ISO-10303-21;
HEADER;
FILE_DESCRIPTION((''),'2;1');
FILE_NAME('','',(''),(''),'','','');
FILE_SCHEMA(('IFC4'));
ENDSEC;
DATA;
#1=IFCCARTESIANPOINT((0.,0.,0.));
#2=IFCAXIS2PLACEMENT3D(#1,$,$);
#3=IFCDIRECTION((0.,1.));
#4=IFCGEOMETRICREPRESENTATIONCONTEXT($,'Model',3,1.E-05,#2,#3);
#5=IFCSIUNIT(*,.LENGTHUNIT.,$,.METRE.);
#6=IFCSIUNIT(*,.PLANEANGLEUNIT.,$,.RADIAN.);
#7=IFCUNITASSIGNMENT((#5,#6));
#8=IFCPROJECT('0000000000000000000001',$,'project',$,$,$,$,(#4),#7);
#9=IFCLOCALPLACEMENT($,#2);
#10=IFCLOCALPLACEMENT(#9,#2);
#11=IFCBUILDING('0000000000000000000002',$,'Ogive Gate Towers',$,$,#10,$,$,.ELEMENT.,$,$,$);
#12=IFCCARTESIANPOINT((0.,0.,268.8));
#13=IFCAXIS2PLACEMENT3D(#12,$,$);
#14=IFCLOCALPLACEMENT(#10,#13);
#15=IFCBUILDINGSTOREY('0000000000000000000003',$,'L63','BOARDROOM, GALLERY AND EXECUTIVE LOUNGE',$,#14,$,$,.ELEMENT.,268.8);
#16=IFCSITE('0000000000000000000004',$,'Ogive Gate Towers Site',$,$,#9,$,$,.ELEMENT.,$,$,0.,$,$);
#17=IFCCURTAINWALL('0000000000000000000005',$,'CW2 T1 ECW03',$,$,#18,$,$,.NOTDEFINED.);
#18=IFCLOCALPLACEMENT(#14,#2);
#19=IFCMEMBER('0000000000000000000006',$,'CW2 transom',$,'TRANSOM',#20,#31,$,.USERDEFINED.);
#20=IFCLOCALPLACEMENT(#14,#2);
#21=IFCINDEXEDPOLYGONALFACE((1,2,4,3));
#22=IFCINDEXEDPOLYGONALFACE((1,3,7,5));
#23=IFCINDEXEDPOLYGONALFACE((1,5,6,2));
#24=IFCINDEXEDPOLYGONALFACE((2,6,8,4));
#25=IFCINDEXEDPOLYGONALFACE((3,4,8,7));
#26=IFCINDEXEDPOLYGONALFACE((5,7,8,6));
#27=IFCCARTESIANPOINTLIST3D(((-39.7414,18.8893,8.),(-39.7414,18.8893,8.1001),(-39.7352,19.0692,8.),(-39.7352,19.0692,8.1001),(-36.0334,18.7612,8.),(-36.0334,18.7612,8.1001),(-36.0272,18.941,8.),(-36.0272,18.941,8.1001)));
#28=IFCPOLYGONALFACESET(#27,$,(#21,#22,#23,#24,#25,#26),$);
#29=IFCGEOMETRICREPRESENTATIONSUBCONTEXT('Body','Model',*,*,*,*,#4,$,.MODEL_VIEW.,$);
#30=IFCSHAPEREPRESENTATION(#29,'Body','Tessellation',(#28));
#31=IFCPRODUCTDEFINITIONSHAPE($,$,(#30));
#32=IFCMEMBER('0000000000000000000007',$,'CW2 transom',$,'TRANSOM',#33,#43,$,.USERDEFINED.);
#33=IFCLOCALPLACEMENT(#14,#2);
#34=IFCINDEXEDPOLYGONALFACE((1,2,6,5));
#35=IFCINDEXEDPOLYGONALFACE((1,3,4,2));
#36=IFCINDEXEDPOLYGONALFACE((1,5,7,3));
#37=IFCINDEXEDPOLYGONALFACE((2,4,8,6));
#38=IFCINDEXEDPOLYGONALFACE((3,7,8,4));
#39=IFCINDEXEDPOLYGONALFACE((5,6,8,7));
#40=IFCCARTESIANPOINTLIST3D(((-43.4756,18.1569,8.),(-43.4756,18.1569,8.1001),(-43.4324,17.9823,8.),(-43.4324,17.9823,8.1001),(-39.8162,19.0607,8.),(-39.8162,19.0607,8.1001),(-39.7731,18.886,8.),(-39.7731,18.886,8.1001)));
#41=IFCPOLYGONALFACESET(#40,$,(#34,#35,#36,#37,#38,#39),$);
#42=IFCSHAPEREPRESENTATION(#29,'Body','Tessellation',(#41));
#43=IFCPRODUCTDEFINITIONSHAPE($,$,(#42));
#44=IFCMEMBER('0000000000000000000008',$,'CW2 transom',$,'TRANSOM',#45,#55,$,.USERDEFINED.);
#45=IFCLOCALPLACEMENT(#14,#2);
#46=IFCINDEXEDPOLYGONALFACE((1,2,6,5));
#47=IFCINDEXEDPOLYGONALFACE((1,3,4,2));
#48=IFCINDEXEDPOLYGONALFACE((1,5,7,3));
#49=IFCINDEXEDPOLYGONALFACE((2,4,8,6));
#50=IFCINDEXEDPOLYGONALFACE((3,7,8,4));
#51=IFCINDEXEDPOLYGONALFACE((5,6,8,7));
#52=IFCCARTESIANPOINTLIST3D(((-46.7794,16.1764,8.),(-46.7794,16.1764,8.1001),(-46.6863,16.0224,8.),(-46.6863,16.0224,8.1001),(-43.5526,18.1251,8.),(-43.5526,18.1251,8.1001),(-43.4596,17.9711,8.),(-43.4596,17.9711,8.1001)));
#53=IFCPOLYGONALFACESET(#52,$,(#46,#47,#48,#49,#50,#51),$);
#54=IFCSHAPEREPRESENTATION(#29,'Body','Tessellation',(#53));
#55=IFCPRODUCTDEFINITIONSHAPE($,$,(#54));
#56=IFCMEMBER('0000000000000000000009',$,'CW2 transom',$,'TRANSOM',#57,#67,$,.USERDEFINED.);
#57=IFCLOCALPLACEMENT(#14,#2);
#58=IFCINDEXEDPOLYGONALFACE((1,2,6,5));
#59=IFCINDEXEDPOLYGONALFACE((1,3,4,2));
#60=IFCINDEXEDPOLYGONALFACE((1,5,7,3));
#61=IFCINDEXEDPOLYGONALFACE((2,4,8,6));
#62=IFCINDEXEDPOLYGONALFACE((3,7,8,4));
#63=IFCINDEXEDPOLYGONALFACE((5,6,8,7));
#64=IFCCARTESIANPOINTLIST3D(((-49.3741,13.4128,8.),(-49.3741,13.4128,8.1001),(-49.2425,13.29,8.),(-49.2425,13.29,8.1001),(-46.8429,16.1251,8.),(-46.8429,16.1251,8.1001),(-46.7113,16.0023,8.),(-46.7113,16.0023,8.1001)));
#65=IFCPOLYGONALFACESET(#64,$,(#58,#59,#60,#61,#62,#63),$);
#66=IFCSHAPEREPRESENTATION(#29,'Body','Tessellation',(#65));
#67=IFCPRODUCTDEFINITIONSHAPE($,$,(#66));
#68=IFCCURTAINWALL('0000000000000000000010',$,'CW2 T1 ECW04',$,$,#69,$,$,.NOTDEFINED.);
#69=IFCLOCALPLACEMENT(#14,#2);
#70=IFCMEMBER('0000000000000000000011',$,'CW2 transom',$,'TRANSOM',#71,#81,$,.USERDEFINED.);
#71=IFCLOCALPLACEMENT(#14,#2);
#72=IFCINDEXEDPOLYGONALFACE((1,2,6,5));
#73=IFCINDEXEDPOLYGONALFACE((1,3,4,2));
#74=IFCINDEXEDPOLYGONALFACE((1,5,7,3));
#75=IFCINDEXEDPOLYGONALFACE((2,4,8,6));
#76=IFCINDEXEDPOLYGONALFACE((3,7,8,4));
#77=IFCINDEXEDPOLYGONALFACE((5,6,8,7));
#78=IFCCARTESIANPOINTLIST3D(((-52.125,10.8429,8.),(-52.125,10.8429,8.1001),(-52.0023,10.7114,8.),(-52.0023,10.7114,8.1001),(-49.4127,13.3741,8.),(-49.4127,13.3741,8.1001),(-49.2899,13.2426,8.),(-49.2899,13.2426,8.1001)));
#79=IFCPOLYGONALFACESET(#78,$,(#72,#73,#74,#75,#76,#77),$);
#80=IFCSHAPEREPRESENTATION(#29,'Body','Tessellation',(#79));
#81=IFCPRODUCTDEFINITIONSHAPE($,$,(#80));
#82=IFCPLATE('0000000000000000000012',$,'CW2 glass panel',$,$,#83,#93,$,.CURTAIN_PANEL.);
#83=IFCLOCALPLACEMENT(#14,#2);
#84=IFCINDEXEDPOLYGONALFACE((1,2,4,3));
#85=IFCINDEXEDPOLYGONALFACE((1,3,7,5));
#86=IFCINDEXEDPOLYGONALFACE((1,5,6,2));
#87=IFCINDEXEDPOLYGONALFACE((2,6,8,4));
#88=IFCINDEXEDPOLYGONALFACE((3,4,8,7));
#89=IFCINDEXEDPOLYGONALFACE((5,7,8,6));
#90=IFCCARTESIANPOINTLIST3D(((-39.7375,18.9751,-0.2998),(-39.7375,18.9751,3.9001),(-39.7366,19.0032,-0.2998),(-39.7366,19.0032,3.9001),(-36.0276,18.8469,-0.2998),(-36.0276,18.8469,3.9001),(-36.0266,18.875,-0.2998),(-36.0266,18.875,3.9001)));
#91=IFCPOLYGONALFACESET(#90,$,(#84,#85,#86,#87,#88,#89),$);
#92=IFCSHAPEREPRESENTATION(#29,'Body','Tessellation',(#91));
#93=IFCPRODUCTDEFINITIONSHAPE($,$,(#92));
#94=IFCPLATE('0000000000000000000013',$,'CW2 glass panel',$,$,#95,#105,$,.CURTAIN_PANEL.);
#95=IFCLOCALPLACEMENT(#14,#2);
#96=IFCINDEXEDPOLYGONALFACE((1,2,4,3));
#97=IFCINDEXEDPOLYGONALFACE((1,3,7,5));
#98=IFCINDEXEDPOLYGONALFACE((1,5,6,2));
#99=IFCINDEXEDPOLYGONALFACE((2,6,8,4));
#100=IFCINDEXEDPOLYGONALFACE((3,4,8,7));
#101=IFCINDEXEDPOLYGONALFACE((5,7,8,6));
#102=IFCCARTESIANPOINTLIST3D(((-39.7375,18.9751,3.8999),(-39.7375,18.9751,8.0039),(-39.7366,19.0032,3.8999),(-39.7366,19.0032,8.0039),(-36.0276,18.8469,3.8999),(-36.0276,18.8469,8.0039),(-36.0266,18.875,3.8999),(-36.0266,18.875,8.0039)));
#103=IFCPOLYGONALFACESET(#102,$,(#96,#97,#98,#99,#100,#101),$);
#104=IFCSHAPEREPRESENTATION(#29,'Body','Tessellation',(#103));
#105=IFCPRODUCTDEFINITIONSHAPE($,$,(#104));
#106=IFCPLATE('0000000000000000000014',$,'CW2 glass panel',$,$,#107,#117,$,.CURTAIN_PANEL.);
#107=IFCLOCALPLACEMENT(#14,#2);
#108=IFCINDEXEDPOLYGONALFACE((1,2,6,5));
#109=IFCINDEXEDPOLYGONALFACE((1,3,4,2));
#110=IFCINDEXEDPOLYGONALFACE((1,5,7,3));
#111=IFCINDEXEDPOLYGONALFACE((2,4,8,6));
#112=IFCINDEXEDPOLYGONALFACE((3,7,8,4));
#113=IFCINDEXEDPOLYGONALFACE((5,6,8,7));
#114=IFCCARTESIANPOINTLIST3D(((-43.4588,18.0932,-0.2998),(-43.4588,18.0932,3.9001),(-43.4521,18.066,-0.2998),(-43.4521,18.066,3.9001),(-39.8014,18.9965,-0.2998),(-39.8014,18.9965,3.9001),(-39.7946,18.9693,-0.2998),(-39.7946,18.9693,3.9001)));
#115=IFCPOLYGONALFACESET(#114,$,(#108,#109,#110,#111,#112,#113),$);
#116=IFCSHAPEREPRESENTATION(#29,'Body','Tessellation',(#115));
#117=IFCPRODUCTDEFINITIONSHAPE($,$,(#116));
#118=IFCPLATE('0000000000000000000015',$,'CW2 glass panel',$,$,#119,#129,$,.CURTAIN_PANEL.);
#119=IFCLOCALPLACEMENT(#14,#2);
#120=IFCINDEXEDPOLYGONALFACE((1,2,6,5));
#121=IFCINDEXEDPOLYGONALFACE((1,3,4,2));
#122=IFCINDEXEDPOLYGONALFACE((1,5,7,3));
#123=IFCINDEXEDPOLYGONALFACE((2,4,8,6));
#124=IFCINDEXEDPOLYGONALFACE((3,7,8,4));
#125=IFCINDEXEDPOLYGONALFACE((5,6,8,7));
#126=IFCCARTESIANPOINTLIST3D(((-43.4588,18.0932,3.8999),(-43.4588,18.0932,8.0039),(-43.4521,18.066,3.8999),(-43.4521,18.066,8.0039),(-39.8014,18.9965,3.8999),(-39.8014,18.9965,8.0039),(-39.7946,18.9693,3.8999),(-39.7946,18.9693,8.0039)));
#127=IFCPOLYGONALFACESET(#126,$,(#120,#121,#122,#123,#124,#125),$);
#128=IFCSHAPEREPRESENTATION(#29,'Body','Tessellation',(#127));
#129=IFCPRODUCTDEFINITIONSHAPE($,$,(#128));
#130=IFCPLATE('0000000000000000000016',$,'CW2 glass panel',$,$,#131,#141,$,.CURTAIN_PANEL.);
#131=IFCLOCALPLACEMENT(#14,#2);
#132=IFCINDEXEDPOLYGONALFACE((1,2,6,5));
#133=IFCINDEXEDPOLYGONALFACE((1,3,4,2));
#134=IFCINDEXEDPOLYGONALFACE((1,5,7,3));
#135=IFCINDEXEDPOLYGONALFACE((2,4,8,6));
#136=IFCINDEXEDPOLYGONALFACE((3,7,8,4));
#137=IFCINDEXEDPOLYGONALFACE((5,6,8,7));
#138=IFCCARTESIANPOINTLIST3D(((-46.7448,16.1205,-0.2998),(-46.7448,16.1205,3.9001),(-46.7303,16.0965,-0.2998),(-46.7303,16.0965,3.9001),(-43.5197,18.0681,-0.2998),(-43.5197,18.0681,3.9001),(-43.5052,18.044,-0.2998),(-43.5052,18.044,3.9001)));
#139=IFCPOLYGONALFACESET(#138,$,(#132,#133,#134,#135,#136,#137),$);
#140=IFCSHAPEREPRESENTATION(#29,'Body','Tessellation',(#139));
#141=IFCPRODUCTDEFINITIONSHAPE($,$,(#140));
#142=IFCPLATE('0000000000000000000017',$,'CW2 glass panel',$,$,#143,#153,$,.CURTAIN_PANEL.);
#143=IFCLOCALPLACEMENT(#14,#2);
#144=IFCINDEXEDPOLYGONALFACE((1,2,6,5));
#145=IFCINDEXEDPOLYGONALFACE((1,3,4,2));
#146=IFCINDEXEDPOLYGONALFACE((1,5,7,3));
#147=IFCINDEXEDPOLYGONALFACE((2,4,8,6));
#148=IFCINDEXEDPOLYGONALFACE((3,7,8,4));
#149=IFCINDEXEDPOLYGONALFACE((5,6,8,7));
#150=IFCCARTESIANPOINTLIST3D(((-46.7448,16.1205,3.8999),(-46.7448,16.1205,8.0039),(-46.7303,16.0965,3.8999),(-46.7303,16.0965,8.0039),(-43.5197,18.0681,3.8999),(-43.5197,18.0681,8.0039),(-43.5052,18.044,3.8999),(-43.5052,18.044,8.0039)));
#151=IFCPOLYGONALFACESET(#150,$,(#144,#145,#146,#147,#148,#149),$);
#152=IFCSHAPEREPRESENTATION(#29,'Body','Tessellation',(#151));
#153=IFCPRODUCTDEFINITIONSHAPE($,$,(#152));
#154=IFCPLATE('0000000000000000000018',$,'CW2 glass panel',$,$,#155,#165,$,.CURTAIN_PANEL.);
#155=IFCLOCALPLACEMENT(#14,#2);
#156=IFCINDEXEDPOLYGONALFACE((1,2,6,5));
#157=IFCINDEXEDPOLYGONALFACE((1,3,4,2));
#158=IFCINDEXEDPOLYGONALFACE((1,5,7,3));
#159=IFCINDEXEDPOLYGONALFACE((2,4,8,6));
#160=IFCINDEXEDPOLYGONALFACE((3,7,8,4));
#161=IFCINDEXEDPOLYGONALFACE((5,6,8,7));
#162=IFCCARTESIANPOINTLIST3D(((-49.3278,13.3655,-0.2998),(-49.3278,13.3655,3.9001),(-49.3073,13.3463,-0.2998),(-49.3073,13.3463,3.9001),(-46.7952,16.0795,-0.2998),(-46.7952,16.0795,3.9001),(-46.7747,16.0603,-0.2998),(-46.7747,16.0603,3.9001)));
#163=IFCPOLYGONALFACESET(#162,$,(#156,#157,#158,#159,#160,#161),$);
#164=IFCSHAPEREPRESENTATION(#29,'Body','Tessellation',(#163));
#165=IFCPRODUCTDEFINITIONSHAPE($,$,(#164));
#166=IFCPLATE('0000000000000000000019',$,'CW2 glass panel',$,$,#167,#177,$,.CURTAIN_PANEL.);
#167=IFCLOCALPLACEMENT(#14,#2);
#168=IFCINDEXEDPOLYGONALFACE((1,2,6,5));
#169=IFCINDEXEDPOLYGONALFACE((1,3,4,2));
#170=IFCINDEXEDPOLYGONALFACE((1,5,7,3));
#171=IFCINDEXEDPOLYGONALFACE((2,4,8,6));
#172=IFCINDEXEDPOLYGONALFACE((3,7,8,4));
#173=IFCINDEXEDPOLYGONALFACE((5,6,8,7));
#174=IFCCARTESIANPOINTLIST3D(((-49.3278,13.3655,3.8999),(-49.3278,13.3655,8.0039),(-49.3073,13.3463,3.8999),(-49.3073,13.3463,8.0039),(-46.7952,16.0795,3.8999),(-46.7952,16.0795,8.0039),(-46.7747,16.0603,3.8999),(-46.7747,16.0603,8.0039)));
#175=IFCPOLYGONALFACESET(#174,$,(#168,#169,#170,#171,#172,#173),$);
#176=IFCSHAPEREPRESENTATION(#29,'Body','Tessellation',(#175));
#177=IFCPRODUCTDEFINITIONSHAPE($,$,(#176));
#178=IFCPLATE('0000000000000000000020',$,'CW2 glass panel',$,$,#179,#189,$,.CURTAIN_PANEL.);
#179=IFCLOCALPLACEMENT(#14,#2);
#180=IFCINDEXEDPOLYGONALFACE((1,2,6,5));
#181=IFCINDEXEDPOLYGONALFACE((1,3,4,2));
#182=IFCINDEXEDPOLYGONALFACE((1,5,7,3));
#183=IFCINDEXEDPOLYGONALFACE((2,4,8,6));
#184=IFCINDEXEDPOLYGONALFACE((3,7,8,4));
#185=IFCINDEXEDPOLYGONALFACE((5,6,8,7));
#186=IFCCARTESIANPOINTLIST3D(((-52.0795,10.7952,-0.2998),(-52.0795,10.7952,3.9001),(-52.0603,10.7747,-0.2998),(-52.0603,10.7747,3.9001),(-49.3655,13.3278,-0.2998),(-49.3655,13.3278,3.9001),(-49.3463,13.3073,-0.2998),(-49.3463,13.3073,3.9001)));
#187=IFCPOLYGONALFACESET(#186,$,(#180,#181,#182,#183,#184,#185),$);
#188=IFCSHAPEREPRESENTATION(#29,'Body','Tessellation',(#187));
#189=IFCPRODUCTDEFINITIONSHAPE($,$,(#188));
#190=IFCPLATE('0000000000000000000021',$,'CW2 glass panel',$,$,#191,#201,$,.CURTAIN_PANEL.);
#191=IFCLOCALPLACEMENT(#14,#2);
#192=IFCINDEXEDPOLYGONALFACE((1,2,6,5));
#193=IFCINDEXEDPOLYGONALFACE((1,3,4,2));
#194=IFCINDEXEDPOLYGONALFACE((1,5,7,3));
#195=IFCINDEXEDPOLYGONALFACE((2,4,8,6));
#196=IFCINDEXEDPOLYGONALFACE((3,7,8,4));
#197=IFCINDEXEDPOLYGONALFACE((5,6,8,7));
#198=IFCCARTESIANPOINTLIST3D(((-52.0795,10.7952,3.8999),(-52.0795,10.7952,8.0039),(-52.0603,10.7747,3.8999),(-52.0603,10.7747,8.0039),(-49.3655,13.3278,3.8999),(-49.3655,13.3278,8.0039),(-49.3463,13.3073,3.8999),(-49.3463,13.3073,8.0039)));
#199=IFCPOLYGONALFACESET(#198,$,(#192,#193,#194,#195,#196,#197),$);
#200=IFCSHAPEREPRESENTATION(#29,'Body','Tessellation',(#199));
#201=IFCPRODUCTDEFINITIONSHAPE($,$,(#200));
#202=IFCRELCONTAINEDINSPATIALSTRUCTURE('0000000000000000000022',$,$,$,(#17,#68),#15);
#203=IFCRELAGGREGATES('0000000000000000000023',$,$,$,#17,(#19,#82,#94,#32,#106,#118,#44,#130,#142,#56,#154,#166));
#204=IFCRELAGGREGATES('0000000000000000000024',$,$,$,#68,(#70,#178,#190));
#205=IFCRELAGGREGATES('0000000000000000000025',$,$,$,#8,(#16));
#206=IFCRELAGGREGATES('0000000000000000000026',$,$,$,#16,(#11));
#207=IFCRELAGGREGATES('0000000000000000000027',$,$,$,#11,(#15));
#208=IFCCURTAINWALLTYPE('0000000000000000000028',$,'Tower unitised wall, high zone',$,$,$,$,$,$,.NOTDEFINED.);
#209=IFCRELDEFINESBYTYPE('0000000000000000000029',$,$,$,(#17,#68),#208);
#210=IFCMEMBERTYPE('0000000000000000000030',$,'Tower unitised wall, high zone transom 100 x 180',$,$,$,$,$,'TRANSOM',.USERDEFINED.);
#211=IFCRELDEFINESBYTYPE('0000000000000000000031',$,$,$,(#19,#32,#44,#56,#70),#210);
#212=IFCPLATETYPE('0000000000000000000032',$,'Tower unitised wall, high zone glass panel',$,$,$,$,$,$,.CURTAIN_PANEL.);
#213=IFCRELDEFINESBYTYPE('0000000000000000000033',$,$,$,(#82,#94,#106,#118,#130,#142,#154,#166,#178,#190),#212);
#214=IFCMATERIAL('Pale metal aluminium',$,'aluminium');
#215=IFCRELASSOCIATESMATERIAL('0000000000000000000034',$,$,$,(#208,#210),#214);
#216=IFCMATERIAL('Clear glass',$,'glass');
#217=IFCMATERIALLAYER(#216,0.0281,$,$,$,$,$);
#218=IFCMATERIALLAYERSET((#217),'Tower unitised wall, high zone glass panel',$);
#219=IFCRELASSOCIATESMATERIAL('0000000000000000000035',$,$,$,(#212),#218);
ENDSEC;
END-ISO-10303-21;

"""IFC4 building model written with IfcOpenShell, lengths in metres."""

from ifc_helpers import new_model, si_unit, direction, frame, origin, origin_2d, place, context, subcontext, project, spatial, rectangle, extrude, material, layer, layer_set, material_profile, profile_set, type_object, element, aggregate, save


model = new_model("IFC4")

# Units and contexts
model_context = context("Model", 3, precision=1e-05, world=origin(), true_north=direction((0.0, 1.0)))
body_context = subcontext(model_context, "Body", "Model", "MODEL_VIEW")
ifc_project = project(units=[si_unit("LENGTHUNIT", "METRE"), si_unit("PLANEANGLEUNIT", "RADIAN")], contexts=[model_context])

# Site, building, storey
site_placement = place(None, origin())
site = spatial("IfcSite", under=ifc_project, at=site_placement, Name="Ogive Gate Towers Site", CompositionType="ELEMENT", RefElevation=0.0)
building_placement = place(site_placement, origin())
building = spatial("IfcBuilding", under=site, at=building_placement, Name="Ogive Gate Towers", CompositionType="ELEMENT")
storey_placement = place(building_placement, frame((0.0, 0.0, 268.8)))
storey = spatial("IfcBuildingStorey", under=building, at=storey_placement, Name="L63", Description="BOARDROOM, GALLERY AND EXECUTIVE LOUNGE", CompositionType="ELEMENT", Elevation=268.8)

# Shared definitions
ifc_material_1 = material(Name="Pale metal aluminium", Category="aluminium")
curtain_wall_type = type_object("IfcCurtainWallType", Name="Tower unitised wall, high zone", PredefinedType="NOTDEFINED", material=ifc_material_1)

# Curtain wall, members
curtain_wall_1_placement = place(storey_placement, origin())
curtain_wall_1 = element("IfcCurtainWall", 1, at=curtain_wall_1_placement, inside=storey, type_object=curtain_wall_type, Name="CW2 T1 ECW03", PredefinedType="NOTDEFINED")
ifc_material_profile_1 = material_profile(ifc_material_1, rectangle(XDim=0.1799, YDim=0.1001, at=origin_2d()), Name="100 x 180 aluminium box")
ifc_profile_set_1 = profile_set([ifc_material_profile_1], Name="Pale metal aluminium")
member_type_1 = type_object("IfcMemberType", Name="Tower unitised wall, high zone transom 100 x 180", ElementType="TRANSOM", PredefinedType="USERDEFINED", material=ifc_profile_set_1)
member_1_placement = place(storey_placement, frame((-36.0303, 18.8511, 8.05), z_axis=(-0.999403, 0.034546, 0.0), x_axis=(-0.034546, -0.999403, 0.0)))
member_1 = element("IfcMember", 2, at=member_1_placement, type_object=member_type_1, Name="CW2 transom", ObjectType="TRANSOM", PredefinedType="USERDEFINED", context=body_context, shape_type="SweptSolid", body=[
    extrude(rectangle(XDim=0.1799, YDim=0.1001, at=origin_2d()), origin(), (0.0, 0.0, 1.0), 3.7102),
])
member_2_placement = place(storey_placement, frame((-39.7947, 18.9734, 8.05), z_axis=(-0.970828, -0.239776, 0.0), x_axis=(0.239776, -0.970828, 0.0)))
member_2 = element("IfcMember", 3, at=member_2_placement, type_object=member_type_1, Name="CW2 transom", ObjectType="TRANSOM", PredefinedType="USERDEFINED", context=body_context, shape_type="SweptSolid", body=[
    extrude(rectangle(XDim=0.1799, YDim=0.1001, at=origin_2d()), origin(), (0.0, 0.0, 1.0), 3.7693),
])
member_3_placement = place(storey_placement, frame((-43.5061, 18.0481, 8.05), z_axis=(-0.856009, -0.51696, 0.0), x_axis=(0.51696, -0.856009, 0.0)))
member_3 = element("IfcMember", 4, at=member_3_placement, type_object=member_type_1, Name="CW2 transom", ObjectType="TRANSOM", PredefinedType="USERDEFINED", context=body_context, shape_type="SweptSolid", body=[
    extrude(rectangle(XDim=0.1799, YDim=0.1001, at=origin_2d()), origin(), (0.0, 0.0, 1.0), 3.7695),
])
member_4_placement = place(storey_placement, frame((-46.7771, 16.0637, 8.05), z_axis=(-0.682271, -0.731099, 0.0), x_axis=(0.731099, -0.682271, 0.0)))
member_4 = element("IfcMember", 5, at=member_4_placement, type_object=member_type_1, Name="CW2 transom", ObjectType="TRANSOM", PredefinedType="USERDEFINED", context=body_context, shape_type="SweptSolid", body=[
    extrude(rectangle(XDim=0.1799, YDim=0.1001, at=origin_2d()), origin(), (0.0, 0.0, 1.0), 3.71),
])

# Curtain wall, member
curtain_wall_2_placement = place(storey_placement, origin())
curtain_wall_2 = element("IfcCurtainWall", 6, at=curtain_wall_2_placement, inside=storey, type_object=curtain_wall_type, Name="CW2 T1 ECW04", PredefinedType="NOTDEFINED")
member_5_placement = place(storey_placement, frame((-49.3513, 13.3083, 8.05), z_axis=(-0.731099, -0.682271, 0.0), x_axis=(0.682271, -0.731099, 0.0)))
member_5 = element("IfcMember", 7, at=member_5_placement, type_object=member_type_1, Name="CW2 transom", ObjectType="TRANSOM", PredefinedType="USERDEFINED", context=body_context, shape_type="SweptSolid", body=[
    extrude(rectangle(XDim=0.1799, YDim=0.1001, at=origin_2d()), origin(), (0.0, 0.0, 1.0), 3.71),
])

# Plates
ifc_material_2 = material(Name="Clear glass", Category="glass")
ifc_layer_1 = layer(ifc_material_2, 0.0281)
ifc_layer_set_1 = layer_set([ifc_layer_1], Name="Tower unitised wall, high zone glass panel")
plate_type = type_object("IfcPlateType", Name="Tower unitised wall, high zone glass panel", PredefinedType="CURTAIN_PANEL", material=ifc_layer_set_1)
plate_1_placement = place(storey_placement, frame((-37.8821, 18.925, -0.2998), z_axis=(0.0, 0.0, 1.0), x_axis=(-0.999404, 0.034533, 0.0)))
plate_1 = element("IfcPlate", 8, at=plate_1_placement, type_object=plate_type, Name="CW2 glass panel", PredefinedType="CURTAIN_PANEL", context=body_context, shape_type="SweptSolid", body=[
    extrude(rectangle(XDim=3.7122, YDim=0.0281, at=origin_2d()), origin(), (0.0, 0.0, 1.0), 4.2),
])
plate_2_placement = place(storey_placement, frame((-37.8821, 18.925, 3.8999), z_axis=(0.0, 0.0, 1.0), x_axis=(-0.999404, 0.034533, 0.0)))
plate_2 = element("IfcPlate", 9, at=plate_2_placement, type_object=plate_type, Name="CW2 glass panel", PredefinedType="CURTAIN_PANEL", context=body_context, shape_type="SweptSolid", body=[
    extrude(rectangle(XDim=3.7122, YDim=0.0281, at=origin_2d()), origin(), (0.0, 0.0, 1.0), 4.104),
])
plate_3_placement = place(storey_placement, frame((-41.6267, 18.5312, -0.2998), z_axis=(0.0, 0.0, 1.0), x_axis=(-0.97083, -0.239771, 0.0)))
plate_3 = element("IfcPlate", 10, at=plate_3_placement, type_object=plate_type, Name="CW2 glass panel", PredefinedType="CURTAIN_PANEL", context=body_context, shape_type="SweptSolid", body=[
    extrude(rectangle(XDim=3.7673, YDim=0.0281, at=origin_2d()), origin(), (0.0, 0.0, 1.0), 4.2),
])
plate_4_placement = place(storey_placement, frame((-41.6267, 18.5312, 3.8999), z_axis=(0.0, 0.0, 1.0), x_axis=(-0.97083, -0.239771, 0.0)))
plate_4 = element("IfcPlate", 11, at=plate_4_placement, type_object=plate_type, Name="CW2 glass panel", PredefinedType="CURTAIN_PANEL", context=body_context, shape_type="SweptSolid", body=[
    extrude(rectangle(XDim=3.7673, YDim=0.0281, at=origin_2d()), origin(), (0.0, 0.0, 1.0), 4.104),
])
plate_5_placement = place(storey_placement, frame((-45.125, 17.0823, -0.2998), z_axis=(0.0, 0.0, 1.0), x_axis=(-0.856033, -0.516922, 0.0)))
plate_5 = element("IfcPlate", 12, at=plate_5_placement, type_object=plate_type, Name="CW2 glass panel", PredefinedType="CURTAIN_PANEL", context=body_context, shape_type="SweptSolid", body=[
    extrude(rectangle(XDim=3.7676, YDim=0.0281, at=origin_2d()), origin(), (0.0, 0.0, 1.0), 4.2),
])
plate_6_placement = place(storey_placement, frame((-45.125, 17.0823, 3.8999), z_axis=(0.0, 0.0, 1.0), x_axis=(-0.856033, -0.516922, 0.0)))
plate_6 = element("IfcPlate", 13, at=plate_6_placement, type_object=plate_type, Name="CW2 glass panel", PredefinedType="CURTAIN_PANEL", context=body_context, shape_type="SweptSolid", body=[
    extrude(rectangle(XDim=3.7676, YDim=0.0281, at=origin_2d()), origin(), (0.0, 0.0, 1.0), 4.104),
])
plate_7_placement = place(storey_placement, frame((-48.0513, 14.7129, -0.2998), z_axis=(0.0, 0.0, 1.0), x_axis=(-0.682254, -0.731116, 0.0)))
plate_7 = element("IfcPlate", 14, at=plate_7_placement, type_object=plate_type, Name="CW2 glass panel", PredefinedType="CURTAIN_PANEL", context=body_context, shape_type="SweptSolid", body=[
    extrude(rectangle(XDim=3.7122, YDim=0.0281, at=origin_2d()), origin(), (0.0, 0.0, 1.0), 4.2),
])
plate_8_placement = place(storey_placement, frame((-48.0513, 14.7129, 3.8999), z_axis=(0.0, 0.0, 1.0), x_axis=(-0.682254, -0.731116, 0.0)))
plate_8 = element("IfcPlate", 15, at=plate_8_placement, type_object=plate_type, Name="CW2 glass panel", PredefinedType="CURTAIN_PANEL", context=body_context, shape_type="SweptSolid", body=[
    extrude(rectangle(XDim=3.7122, YDim=0.0281, at=origin_2d()), origin(), (0.0, 0.0, 1.0), 4.104),
])
aggregate(curtain_wall_1, [member_1, plate_1, plate_2, member_2, plate_3, plate_4, member_3, plate_5, plate_6, member_4, plate_7, plate_8])
plate_9_placement = place(storey_placement, frame((-50.7129, 12.0513, -0.2998), z_axis=(0.0, 0.0, 1.0), x_axis=(-0.731116, -0.682254, 0.0)))
plate_9 = element("IfcPlate", 16, at=plate_9_placement, type_object=plate_type, Name="CW2 glass panel", PredefinedType="CURTAIN_PANEL", context=body_context, shape_type="SweptSolid", body=[
    extrude(rectangle(XDim=3.7122, YDim=0.0281, at=origin_2d()), origin(), (0.0, 0.0, 1.0), 4.2),
])
plate_10_placement = place(storey_placement, frame((-50.7129, 12.0513, 3.8999), z_axis=(0.0, 0.0, 1.0), x_axis=(-0.731116, -0.682254, 0.0)))
plate_10 = element("IfcPlate", 17, at=plate_10_placement, type_object=plate_type, Name="CW2 glass panel", PredefinedType="CURTAIN_PANEL", context=body_context, shape_type="SweptSolid", body=[
    extrude(rectangle(XDim=3.7122, YDim=0.0281, at=origin_2d()), origin(), (0.0, 0.0, 1.0), 4.104),
])
aggregate(curtain_wall_2, [member_5, plate_9, plate_10])

save(model, "model.ifc")
